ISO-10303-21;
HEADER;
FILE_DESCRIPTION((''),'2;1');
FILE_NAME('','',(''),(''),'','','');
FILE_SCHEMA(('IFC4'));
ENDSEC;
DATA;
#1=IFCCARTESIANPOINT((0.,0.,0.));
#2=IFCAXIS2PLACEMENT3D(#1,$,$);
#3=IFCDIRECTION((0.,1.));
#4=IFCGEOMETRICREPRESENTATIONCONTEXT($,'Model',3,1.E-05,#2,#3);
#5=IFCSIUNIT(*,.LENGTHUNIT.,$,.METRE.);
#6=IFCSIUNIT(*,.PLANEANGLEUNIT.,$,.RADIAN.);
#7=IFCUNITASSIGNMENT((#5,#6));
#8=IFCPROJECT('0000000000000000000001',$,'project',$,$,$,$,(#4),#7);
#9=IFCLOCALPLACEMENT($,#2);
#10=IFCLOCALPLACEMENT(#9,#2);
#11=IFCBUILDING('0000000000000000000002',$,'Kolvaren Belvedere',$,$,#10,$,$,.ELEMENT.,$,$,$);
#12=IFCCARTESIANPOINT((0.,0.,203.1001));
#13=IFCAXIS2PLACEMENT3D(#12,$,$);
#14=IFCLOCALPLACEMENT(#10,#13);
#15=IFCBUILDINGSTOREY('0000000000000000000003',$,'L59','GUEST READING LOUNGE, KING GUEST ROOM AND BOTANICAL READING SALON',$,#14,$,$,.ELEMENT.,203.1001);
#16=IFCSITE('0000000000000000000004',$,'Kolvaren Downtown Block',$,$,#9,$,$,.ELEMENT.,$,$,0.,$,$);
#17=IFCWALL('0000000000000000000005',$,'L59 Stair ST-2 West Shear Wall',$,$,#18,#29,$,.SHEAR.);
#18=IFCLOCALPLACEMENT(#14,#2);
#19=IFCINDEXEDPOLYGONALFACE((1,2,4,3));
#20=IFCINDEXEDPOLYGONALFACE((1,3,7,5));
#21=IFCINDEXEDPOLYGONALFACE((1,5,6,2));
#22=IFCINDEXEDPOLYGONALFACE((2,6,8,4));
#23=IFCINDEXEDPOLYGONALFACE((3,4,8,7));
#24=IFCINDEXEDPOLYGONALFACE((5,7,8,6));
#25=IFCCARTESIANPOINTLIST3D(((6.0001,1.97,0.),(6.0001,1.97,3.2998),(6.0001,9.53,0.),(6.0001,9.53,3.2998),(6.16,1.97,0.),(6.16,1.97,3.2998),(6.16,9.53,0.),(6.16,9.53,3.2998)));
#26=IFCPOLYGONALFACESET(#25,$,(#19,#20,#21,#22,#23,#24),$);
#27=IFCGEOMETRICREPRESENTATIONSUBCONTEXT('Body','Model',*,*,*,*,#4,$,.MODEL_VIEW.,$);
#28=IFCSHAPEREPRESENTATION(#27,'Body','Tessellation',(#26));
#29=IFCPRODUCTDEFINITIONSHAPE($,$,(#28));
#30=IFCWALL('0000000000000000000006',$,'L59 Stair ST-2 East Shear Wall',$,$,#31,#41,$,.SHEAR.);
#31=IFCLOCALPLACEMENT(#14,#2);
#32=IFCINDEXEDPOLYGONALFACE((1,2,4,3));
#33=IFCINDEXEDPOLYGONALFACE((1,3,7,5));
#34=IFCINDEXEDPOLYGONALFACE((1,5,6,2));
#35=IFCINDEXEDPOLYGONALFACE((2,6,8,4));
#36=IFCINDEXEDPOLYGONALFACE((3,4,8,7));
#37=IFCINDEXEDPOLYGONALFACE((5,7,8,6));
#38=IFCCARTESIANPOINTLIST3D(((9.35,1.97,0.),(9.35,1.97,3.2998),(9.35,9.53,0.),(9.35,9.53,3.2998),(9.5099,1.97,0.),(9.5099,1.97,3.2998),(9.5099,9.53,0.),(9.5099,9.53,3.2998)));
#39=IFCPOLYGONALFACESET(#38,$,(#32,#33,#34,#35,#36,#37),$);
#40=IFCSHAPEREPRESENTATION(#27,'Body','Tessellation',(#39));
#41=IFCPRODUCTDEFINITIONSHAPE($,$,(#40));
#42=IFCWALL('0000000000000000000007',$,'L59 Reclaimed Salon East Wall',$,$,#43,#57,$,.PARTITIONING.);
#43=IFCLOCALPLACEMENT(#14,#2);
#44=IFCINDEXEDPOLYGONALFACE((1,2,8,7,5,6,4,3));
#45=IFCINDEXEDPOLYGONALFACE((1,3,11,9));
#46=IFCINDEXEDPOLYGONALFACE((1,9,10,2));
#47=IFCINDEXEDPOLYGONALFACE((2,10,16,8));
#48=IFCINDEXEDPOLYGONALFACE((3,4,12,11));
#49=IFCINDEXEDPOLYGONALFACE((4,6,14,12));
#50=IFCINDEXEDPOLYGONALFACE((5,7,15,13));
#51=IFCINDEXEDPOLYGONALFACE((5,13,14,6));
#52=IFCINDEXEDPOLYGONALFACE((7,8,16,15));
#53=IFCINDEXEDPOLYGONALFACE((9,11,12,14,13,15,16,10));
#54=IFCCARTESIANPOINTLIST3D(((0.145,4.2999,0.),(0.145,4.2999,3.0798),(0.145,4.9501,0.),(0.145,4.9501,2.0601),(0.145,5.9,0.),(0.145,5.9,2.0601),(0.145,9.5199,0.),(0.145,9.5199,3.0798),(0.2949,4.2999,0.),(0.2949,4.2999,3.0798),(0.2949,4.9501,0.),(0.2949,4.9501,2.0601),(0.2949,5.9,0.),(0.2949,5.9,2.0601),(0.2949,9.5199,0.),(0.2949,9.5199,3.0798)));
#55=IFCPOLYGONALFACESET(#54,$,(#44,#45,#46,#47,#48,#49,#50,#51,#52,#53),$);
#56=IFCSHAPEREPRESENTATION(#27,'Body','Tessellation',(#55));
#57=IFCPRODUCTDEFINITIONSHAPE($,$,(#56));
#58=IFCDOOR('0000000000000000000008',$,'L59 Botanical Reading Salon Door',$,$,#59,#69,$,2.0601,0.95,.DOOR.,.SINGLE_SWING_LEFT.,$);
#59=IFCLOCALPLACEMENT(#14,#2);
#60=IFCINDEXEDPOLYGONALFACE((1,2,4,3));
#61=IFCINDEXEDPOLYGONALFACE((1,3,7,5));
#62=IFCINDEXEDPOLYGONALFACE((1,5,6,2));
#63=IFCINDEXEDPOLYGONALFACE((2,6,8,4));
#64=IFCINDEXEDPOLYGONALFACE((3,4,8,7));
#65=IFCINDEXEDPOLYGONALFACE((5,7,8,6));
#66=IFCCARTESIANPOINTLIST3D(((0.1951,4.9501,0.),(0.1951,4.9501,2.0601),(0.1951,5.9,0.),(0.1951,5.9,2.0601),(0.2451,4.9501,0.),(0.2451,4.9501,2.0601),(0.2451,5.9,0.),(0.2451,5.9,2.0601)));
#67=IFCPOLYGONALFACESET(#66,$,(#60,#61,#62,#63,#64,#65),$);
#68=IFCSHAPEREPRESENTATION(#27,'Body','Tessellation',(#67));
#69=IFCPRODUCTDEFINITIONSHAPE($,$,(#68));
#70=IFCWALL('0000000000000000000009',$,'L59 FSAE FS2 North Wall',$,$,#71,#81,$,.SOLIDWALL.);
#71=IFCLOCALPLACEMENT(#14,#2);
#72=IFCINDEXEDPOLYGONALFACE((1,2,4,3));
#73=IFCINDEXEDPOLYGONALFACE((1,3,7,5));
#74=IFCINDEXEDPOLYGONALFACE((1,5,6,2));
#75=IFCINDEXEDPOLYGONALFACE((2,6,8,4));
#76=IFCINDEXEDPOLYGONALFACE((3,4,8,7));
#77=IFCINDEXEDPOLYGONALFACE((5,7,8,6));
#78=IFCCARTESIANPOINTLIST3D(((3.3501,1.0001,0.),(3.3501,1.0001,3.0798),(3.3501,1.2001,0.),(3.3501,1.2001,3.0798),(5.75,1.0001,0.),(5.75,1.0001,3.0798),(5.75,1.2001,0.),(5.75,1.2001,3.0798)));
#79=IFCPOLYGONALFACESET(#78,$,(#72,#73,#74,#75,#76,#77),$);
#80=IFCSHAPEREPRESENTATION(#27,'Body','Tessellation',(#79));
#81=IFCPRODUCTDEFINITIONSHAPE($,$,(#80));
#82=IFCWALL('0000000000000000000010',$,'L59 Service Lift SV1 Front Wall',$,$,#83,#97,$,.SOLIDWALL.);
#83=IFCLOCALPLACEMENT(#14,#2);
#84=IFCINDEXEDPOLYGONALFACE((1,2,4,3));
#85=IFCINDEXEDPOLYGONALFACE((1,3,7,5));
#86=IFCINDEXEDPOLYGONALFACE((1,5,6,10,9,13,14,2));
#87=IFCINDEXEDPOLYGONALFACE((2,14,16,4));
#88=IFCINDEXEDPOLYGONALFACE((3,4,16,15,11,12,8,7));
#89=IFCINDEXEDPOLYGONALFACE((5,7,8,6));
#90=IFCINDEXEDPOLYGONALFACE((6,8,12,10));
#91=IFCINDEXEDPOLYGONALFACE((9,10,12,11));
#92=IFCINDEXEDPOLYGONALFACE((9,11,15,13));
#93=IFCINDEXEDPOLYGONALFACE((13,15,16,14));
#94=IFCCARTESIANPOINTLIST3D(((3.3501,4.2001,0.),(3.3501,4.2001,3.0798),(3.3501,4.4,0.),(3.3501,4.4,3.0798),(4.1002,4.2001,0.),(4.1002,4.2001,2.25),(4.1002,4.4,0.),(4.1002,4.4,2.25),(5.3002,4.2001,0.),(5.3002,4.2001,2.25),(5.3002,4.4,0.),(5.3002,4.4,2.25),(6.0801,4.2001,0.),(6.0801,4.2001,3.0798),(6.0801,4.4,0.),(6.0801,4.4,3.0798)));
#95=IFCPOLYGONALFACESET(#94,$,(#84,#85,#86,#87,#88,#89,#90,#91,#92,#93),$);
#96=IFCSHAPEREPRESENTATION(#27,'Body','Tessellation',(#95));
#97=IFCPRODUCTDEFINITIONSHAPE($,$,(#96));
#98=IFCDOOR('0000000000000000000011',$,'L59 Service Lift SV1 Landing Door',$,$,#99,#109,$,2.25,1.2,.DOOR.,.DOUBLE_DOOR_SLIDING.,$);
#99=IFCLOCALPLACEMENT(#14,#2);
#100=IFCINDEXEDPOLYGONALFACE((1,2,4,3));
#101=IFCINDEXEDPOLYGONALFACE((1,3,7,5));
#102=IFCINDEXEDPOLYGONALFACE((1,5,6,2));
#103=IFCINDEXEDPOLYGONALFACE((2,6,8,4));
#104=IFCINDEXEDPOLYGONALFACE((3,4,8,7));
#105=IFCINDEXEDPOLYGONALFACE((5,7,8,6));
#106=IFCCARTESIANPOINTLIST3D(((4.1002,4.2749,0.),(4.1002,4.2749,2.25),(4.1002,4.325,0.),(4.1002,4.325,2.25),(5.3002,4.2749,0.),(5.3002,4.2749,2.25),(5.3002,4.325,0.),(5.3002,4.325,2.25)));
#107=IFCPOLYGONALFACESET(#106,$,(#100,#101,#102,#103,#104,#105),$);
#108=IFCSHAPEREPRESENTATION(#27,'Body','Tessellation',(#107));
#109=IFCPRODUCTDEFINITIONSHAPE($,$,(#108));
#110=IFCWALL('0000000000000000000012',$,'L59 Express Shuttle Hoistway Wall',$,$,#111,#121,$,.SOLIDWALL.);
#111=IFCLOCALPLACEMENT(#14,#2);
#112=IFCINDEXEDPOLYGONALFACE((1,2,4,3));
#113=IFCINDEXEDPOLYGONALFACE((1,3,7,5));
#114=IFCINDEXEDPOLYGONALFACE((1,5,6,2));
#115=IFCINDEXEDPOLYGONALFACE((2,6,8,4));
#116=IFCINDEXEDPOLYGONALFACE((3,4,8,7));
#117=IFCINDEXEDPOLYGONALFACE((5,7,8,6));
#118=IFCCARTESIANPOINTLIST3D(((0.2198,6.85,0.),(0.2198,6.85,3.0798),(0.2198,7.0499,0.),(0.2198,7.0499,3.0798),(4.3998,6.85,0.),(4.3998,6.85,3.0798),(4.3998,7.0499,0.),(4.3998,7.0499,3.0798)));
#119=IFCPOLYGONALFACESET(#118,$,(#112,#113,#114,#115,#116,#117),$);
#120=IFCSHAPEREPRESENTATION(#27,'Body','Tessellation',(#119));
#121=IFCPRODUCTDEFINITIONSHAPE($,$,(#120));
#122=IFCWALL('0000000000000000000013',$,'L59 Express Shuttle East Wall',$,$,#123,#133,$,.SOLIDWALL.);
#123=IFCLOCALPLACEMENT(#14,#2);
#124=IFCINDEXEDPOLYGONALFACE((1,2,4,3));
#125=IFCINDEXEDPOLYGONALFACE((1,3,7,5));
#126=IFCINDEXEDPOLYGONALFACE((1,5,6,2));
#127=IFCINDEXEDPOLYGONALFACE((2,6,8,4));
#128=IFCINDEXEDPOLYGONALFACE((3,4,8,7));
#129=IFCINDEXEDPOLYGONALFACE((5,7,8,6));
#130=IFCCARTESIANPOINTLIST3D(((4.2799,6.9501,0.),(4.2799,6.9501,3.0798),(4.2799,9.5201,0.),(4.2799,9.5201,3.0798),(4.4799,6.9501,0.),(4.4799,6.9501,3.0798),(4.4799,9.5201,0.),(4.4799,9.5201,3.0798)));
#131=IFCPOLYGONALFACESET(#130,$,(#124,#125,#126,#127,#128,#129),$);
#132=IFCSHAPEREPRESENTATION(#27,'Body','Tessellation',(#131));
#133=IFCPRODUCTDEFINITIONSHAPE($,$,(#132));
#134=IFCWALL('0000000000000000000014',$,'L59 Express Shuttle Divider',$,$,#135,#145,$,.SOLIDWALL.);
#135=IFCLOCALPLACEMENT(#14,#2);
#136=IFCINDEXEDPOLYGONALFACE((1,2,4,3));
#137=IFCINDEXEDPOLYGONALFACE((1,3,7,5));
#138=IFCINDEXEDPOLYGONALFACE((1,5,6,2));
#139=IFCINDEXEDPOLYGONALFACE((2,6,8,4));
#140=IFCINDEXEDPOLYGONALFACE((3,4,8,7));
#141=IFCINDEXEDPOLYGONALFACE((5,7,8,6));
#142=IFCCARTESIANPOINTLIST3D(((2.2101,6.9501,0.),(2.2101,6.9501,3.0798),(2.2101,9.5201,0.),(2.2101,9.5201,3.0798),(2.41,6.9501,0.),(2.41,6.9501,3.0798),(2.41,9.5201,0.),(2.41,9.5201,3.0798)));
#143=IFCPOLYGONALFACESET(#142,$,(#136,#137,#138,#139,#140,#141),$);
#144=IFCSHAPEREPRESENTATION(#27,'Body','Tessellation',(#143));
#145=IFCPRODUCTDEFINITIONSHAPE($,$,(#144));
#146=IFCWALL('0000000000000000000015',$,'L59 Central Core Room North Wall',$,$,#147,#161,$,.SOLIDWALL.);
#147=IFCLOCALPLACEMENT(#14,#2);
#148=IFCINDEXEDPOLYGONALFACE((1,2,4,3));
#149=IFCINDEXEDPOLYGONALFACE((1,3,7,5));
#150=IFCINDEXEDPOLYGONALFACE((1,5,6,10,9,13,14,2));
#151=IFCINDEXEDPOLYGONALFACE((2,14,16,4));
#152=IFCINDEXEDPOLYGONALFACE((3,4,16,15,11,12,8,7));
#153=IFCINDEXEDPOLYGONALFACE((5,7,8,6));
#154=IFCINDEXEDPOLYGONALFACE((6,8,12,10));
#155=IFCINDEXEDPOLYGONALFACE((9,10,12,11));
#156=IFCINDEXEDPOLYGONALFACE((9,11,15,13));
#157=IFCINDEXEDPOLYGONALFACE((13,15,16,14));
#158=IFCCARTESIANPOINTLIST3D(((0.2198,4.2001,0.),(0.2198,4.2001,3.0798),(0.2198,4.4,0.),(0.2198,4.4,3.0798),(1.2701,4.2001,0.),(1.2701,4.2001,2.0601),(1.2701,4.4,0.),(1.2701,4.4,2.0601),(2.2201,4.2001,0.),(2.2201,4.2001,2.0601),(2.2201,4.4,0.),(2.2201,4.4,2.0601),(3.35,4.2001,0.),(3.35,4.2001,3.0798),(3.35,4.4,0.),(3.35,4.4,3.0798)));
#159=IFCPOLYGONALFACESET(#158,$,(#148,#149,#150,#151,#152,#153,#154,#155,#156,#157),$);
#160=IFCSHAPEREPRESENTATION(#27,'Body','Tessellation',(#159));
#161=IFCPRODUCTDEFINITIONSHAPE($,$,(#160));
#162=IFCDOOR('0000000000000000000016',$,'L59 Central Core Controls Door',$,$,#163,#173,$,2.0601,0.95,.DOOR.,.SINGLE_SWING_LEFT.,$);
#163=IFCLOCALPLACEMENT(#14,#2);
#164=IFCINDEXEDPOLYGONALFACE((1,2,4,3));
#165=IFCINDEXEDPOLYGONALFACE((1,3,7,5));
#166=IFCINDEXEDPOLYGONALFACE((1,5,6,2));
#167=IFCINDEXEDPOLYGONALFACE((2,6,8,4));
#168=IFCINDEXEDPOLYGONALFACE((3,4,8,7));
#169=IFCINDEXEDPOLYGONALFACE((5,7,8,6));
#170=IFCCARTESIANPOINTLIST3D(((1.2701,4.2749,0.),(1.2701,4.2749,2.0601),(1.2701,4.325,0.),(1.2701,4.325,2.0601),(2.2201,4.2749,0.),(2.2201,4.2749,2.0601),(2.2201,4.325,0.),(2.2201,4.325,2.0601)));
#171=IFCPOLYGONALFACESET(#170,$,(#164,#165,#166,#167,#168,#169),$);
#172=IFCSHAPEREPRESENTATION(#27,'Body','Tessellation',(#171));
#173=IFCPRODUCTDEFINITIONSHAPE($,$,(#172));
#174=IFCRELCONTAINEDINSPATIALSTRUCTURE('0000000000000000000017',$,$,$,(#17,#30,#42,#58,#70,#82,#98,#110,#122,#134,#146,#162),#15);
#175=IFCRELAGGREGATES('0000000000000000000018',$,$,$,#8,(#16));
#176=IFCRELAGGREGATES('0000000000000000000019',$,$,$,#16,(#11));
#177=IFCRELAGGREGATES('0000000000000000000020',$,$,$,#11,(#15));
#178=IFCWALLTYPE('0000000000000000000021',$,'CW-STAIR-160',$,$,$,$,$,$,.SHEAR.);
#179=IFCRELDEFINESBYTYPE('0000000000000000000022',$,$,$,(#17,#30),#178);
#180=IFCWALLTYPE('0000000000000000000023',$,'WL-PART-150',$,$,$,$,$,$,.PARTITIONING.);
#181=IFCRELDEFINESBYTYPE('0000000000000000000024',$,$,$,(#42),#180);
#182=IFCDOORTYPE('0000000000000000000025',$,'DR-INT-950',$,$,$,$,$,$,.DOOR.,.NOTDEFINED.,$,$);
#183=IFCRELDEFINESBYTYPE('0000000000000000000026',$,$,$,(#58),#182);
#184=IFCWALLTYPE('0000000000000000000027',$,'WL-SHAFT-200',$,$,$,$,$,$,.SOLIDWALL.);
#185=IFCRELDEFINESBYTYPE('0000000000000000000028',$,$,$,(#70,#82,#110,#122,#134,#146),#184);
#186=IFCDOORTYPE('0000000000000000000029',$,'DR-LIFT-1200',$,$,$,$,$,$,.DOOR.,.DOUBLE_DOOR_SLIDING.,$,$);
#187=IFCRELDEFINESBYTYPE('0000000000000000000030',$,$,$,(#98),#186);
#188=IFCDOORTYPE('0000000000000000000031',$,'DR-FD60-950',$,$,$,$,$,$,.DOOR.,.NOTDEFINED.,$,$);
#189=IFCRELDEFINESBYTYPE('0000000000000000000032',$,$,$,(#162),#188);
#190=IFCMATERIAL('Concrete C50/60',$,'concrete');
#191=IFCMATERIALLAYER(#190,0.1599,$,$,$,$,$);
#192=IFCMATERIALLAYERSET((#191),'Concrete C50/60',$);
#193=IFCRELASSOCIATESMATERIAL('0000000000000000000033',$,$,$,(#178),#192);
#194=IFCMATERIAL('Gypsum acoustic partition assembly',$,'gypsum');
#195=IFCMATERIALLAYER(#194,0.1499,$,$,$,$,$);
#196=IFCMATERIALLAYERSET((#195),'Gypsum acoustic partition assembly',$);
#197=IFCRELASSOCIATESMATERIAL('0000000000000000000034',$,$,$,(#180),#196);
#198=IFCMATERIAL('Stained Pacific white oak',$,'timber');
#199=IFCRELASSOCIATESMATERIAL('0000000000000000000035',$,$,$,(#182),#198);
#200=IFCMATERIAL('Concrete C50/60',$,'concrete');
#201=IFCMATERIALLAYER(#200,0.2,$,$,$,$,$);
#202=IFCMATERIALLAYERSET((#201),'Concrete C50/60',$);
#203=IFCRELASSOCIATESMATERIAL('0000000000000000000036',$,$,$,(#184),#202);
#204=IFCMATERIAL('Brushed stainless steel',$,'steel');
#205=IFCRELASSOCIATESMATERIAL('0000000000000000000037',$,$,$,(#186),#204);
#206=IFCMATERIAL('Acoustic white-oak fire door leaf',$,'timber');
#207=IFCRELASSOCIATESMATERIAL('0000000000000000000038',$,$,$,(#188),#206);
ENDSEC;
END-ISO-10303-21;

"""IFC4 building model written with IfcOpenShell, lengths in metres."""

from ifc_helpers import new_model, si_unit, direction, frame, frame_2d, origin, place, context, subcontext, project, spatial, rectangle, extrude, material, layer, layer_set, type_object, element, fill, save


model = new_model("IFC4")

# Units and contexts
model_context = context("Model", 3, precision=1e-05, world=origin(), true_north=direction((0.0, 1.0)))
body_context = subcontext(model_context, "Body", "Model", "MODEL_VIEW")
ifc_project = project(units=[si_unit("LENGTHUNIT", "METRE"), si_unit("PLANEANGLEUNIT", "RADIAN")], contexts=[model_context])

# Site, building, storey
site_placement = place(None, origin())
site = spatial("IfcSite", under=ifc_project, at=site_placement, Name="Kolvaren Downtown Block", CompositionType="ELEMENT", RefElevation=0.0)
building_placement = place(site_placement, origin())
building = spatial("IfcBuilding", under=site, at=building_placement, Name="Kolvaren Belvedere", CompositionType="ELEMENT")
storey_placement = place(building_placement, frame((0.0, 0.0, 203.1001)))
storey = spatial("IfcBuildingStorey", under=building, at=storey_placement, Name="L59", Description="GUEST READING LOUNGE, KING GUEST ROOM AND BOTANICAL READING SALON", CompositionType="ELEMENT", Elevation=203.1001)

# Shared definitions
ifc_material_1 = material(Name="Concrete C50/60", Category="concrete")
ifc_layer_1 = layer(ifc_material_1, 0.1599)
ifc_layer_set_1 = layer_set([ifc_layer_1], Name="Concrete C50/60")
wall_type_1 = type_object("IfcWallType", Name="CW-STAIR-160", PredefinedType="SHEAR", material=ifc_layer_set_1)

# Walls
for number, where, z_axis, x_axis, name in (
    (1, (6.0801, 1.97, 0.0), (0.0, 0.0, 1.0), (0.0, 1.0, 0.0), "L59 Stair ST-2 West Shear Wall"),
    (2, (9.4299, 1.97, 0.0), (0.0, 0.0, 1.0), (0.0, 1.0, 0.0), "L59 Stair ST-2 East Shear Wall"),
):
    element("IfcWall", number, at=place(storey_placement, frame(where, z_axis=z_axis, x_axis=x_axis)), inside=storey, type_object=wall_type_1, Name=name, PredefinedType="SHEAR", context=body_context, shape_type="SweptSolid", body=[
        extrude(rectangle(XDim=7.5601, YDim=0.1599, at=frame_2d((3.78, 0.0))), origin(), (0.0, 0.0, 1.0), 3.2998),
    ])

# Wall, opening, door
ifc_material_2 = material(Name="Gypsum acoustic partition assembly", Category="gypsum")
ifc_layer_2 = layer(ifc_material_2, 0.1499)
ifc_layer_set_2 = layer_set([ifc_layer_2], Name="Gypsum acoustic partition assembly")
wall_type_2 = type_object("IfcWallType", Name="WL-PART-150", PredefinedType="PARTITIONING", material=ifc_layer_set_2)
wall_1_placement = place(storey_placement, frame((0.22, 4.3, 0.0), z_axis=(0.0, 0.0, 1.0), x_axis=(0.0, 1.0, 0.0)))
wall_1 = element("IfcWall", 3, at=wall_1_placement, inside=storey, type_object=wall_type_2, Name="L59 Reclaimed Salon East Wall", PredefinedType="PARTITIONING", context=body_context, shape_type="SweptSolid", body=[
    extrude(rectangle(XDim=5.22, YDim=0.1499, at=frame_2d((2.6099, 0.0))), origin(), (0.0, 0.0, 1.0), 3.0798),
])
opening_1_placement = place(wall_1_placement, frame((0.6499, 0.0, 0.0)))
opening_1 = element("IfcOpeningElement", 4, at=opening_1_placement, cuts=wall_1, PredefinedType="OPENING", context=body_context, shape_type="SweptSolid", body=[
    extrude(rectangle(XDim=0.95, YDim=2.0601, at=frame_2d((0.4751, 1.03))), frame((0.0, 0.085, 0.0), z_axis=(0.0, -1.0, 0.0), x_axis=(1.0, 0.0, 0.0)), (0.0, 0.0, 1.0), 0.1699),
])
ifc_material_3 = material(Name="Stained Pacific white oak", Category="timber")
door_type_1 = type_object("IfcDoorType", Name="DR-INT-950", OperationType="NOTDEFINED", PredefinedType="DOOR", material=ifc_material_3)
door_1_placement = place(opening_1_placement, origin())
door_1 = element("IfcDoor", 5, at=door_1_placement, inside=storey, type_object=door_type_1, Name="L59 Botanical Reading Salon Door", OperationType="SINGLE_SWING_LEFT", OverallHeight=2.0601, OverallWidth=0.95, PredefinedType="DOOR", context=body_context, shape_type="SweptSolid", body=[
    extrude(rectangle(XDim=0.95, YDim=2.0601, at=frame_2d((0.4751, 1.03))), frame((0.0, 0.0249, 0.0), z_axis=(0.0, -1.0, 0.0), x_axis=(1.0, 0.0, 0.0)), (0.0, 0.0, 1.0), 0.05),
])
fill(opening_1, door_1)

# Wall
ifc_material_4 = material(Name="Concrete C50/60", Category="concrete")
ifc_layer_3 = layer(ifc_material_4, 0.2)
ifc_layer_set_3 = layer_set([ifc_layer_3], Name="Concrete C50/60")
wall_type_3 = type_object("IfcWallType", Name="WL-SHAFT-200", PredefinedType="SOLIDWALL", material=ifc_layer_set_3)
wall_2_placement = place(storey_placement, frame((3.3501, 1.1001, 0.0), z_axis=(0.0, 0.0, 1.0), x_axis=(1.0, 0.0, 0.0)))
element("IfcWall", 6, at=wall_2_placement, inside=storey, type_object=wall_type_3, Name="L59 FSAE FS2 North Wall", PredefinedType="SOLIDWALL", context=body_context, shape_type="SweptSolid", body=[
    extrude(rectangle(XDim=2.3999, YDim=0.2, at=frame_2d((1.2, 0.0))), origin(), (0.0, 0.0, 1.0), 3.0798),
])

# Wall, opening, door
wall_3_placement = place(storey_placement, frame((3.3501, 4.3, 0.0), z_axis=(0.0, 0.0, 1.0), x_axis=(1.0, 0.0, 0.0)))
wall_3 = element("IfcWall", 7, at=wall_3_placement, inside=storey, type_object=wall_type_3, Name="L59 Service Lift SV1 Front Wall", PredefinedType="SOLIDWALL", context=body_context, shape_type="SweptSolid", body=[
    extrude(rectangle(XDim=2.73, YDim=0.2, at=frame_2d((1.365, 0.0))), origin(), (0.0, 0.0, 1.0), 3.0798),
])
opening_2_placement = place(wall_3_placement, frame((0.75, 0.0, 0.0)))
opening_2 = element("IfcOpeningElement", 8, at=opening_2_placement, cuts=wall_3, PredefinedType="OPENING", context=body_context, shape_type="SweptSolid", body=[
    extrude(rectangle(XDim=1.2, YDim=2.25, at=frame_2d((0.6001, 1.125))), frame((0.0, 0.1099, 0.0), z_axis=(0.0, -1.0, 0.0), x_axis=(1.0, 0.0, 0.0)), (0.0, 0.0, 1.0), 0.22),
])
ifc_material_5 = material(Name="Brushed stainless steel", Category="steel")
door_type_2 = type_object("IfcDoorType", Name="DR-LIFT-1200", OperationType="DOUBLE_DOOR_SLIDING", PredefinedType="DOOR", material=ifc_material_5)
door_2_placement = place(opening_2_placement, origin())
door_2 = element("IfcDoor", 9, at=door_2_placement, inside=storey, type_object=door_type_2, Name="L59 Service Lift SV1 Landing Door", OperationType="DOUBLE_DOOR_SLIDING", OverallHeight=2.25, OverallWidth=1.2, PredefinedType="DOOR", context=body_context, shape_type="SweptSolid", body=[
    extrude(rectangle(XDim=1.2, YDim=2.25, at=frame_2d((0.6001, 1.125))), frame((0.0, 0.0249, 0.0), z_axis=(0.0, -1.0, 0.0), x_axis=(1.0, 0.0, 0.0)), (0.0, 0.0, 1.0), 0.05),
])
fill(opening_2, door_2)

# Walls
wall_4_placement = place(storey_placement, frame((0.22, 6.95, 0.0), z_axis=(0.0, 0.0, 1.0), x_axis=(1.0, 0.0, 0.0)))
element("IfcWall", 10, at=wall_4_placement, inside=storey, type_object=wall_type_3, Name="L59 Express Shuttle Hoistway Wall", PredefinedType="SOLIDWALL", context=body_context, shape_type="SweptSolid", body=[
    extrude(rectangle(XDim=4.1799, YDim=0.2, at=frame_2d((2.0898, 0.0))), origin(), (0.0, 0.0, 1.0), 3.0798),
])
for number, where, z_axis, x_axis, name in (
    (11, (4.3799, 6.95, 0.0), (0.0, 0.0, 1.0), (0.0, 1.0, 0.0), "L59 Express Shuttle East Wall"),
    (12, (2.3101, 6.95, 0.0), (0.0, 0.0, 1.0), (0.0, 1.0, 0.0), "L59 Express Shuttle Divider"),
):
    element("IfcWall", number, at=place(storey_placement, frame(where, z_axis=z_axis, x_axis=x_axis)), inside=storey, type_object=wall_type_3, Name=name, PredefinedType="SOLIDWALL", context=body_context, shape_type="SweptSolid", body=[
        extrude(rectangle(XDim=2.5701, YDim=0.2, at=frame_2d((1.2852, 0.0))), origin(), (0.0, 0.0, 1.0), 3.0798),
    ])

# Wall, opening, door
wall_5_placement = place(storey_placement, frame((0.22, 4.3, 0.0), z_axis=(0.0, 0.0, 1.0), x_axis=(1.0, 0.0, 0.0)))
wall_5 = element("IfcWall", 13, at=wall_5_placement, inside=storey, type_object=wall_type_3, Name="L59 Central Core Room North Wall", PredefinedType="SOLIDWALL", context=body_context, shape_type="SweptSolid", body=[
    extrude(rectangle(XDim=3.1301, YDim=0.2, at=frame_2d((1.5649, 0.0))), origin(), (0.0, 0.0, 1.0), 3.0798),
])
opening_3_placement = place(wall_5_placement, frame((1.05, 0.0, 0.0)))
opening_3 = element("IfcOpeningElement", 14, at=opening_3_placement, cuts=wall_5, PredefinedType="OPENING", context=body_context, shape_type="SweptSolid", body=[
    extrude(rectangle(XDim=0.95, YDim=2.0601, at=frame_2d((0.4751, 1.03))), frame((0.0, 0.1099, 0.0), z_axis=(0.0, -1.0, 0.0), x_axis=(1.0, 0.0, 0.0)), (0.0, 0.0, 1.0), 0.22),
])
ifc_material_6 = material(Name="Acoustic white-oak fire door leaf", Category="timber")
door_type_3 = type_object("IfcDoorType", Name="DR-FD60-950", OperationType="NOTDEFINED", PredefinedType="DOOR", material=ifc_material_6)
door_3_placement = place(opening_3_placement, origin())
door_3 = element("IfcDoor", 15, at=door_3_placement, inside=storey, type_object=door_type_3, Name="L59 Central Core Controls Door", OperationType="SINGLE_SWING_LEFT", OverallHeight=2.0601, OverallWidth=0.95, PredefinedType="DOOR", context=body_context, shape_type="SweptSolid", body=[
    extrude(rectangle(XDim=0.95, YDim=2.0601, at=frame_2d((0.4751, 1.03))), frame((0.0, 0.0249, 0.0), z_axis=(0.0, -1.0, 0.0), x_axis=(1.0, 0.0, 0.0)), (0.0, 0.0, 1.0), 0.05),
])
fill(opening_3, door_3)

save(model, "model.ifc")
